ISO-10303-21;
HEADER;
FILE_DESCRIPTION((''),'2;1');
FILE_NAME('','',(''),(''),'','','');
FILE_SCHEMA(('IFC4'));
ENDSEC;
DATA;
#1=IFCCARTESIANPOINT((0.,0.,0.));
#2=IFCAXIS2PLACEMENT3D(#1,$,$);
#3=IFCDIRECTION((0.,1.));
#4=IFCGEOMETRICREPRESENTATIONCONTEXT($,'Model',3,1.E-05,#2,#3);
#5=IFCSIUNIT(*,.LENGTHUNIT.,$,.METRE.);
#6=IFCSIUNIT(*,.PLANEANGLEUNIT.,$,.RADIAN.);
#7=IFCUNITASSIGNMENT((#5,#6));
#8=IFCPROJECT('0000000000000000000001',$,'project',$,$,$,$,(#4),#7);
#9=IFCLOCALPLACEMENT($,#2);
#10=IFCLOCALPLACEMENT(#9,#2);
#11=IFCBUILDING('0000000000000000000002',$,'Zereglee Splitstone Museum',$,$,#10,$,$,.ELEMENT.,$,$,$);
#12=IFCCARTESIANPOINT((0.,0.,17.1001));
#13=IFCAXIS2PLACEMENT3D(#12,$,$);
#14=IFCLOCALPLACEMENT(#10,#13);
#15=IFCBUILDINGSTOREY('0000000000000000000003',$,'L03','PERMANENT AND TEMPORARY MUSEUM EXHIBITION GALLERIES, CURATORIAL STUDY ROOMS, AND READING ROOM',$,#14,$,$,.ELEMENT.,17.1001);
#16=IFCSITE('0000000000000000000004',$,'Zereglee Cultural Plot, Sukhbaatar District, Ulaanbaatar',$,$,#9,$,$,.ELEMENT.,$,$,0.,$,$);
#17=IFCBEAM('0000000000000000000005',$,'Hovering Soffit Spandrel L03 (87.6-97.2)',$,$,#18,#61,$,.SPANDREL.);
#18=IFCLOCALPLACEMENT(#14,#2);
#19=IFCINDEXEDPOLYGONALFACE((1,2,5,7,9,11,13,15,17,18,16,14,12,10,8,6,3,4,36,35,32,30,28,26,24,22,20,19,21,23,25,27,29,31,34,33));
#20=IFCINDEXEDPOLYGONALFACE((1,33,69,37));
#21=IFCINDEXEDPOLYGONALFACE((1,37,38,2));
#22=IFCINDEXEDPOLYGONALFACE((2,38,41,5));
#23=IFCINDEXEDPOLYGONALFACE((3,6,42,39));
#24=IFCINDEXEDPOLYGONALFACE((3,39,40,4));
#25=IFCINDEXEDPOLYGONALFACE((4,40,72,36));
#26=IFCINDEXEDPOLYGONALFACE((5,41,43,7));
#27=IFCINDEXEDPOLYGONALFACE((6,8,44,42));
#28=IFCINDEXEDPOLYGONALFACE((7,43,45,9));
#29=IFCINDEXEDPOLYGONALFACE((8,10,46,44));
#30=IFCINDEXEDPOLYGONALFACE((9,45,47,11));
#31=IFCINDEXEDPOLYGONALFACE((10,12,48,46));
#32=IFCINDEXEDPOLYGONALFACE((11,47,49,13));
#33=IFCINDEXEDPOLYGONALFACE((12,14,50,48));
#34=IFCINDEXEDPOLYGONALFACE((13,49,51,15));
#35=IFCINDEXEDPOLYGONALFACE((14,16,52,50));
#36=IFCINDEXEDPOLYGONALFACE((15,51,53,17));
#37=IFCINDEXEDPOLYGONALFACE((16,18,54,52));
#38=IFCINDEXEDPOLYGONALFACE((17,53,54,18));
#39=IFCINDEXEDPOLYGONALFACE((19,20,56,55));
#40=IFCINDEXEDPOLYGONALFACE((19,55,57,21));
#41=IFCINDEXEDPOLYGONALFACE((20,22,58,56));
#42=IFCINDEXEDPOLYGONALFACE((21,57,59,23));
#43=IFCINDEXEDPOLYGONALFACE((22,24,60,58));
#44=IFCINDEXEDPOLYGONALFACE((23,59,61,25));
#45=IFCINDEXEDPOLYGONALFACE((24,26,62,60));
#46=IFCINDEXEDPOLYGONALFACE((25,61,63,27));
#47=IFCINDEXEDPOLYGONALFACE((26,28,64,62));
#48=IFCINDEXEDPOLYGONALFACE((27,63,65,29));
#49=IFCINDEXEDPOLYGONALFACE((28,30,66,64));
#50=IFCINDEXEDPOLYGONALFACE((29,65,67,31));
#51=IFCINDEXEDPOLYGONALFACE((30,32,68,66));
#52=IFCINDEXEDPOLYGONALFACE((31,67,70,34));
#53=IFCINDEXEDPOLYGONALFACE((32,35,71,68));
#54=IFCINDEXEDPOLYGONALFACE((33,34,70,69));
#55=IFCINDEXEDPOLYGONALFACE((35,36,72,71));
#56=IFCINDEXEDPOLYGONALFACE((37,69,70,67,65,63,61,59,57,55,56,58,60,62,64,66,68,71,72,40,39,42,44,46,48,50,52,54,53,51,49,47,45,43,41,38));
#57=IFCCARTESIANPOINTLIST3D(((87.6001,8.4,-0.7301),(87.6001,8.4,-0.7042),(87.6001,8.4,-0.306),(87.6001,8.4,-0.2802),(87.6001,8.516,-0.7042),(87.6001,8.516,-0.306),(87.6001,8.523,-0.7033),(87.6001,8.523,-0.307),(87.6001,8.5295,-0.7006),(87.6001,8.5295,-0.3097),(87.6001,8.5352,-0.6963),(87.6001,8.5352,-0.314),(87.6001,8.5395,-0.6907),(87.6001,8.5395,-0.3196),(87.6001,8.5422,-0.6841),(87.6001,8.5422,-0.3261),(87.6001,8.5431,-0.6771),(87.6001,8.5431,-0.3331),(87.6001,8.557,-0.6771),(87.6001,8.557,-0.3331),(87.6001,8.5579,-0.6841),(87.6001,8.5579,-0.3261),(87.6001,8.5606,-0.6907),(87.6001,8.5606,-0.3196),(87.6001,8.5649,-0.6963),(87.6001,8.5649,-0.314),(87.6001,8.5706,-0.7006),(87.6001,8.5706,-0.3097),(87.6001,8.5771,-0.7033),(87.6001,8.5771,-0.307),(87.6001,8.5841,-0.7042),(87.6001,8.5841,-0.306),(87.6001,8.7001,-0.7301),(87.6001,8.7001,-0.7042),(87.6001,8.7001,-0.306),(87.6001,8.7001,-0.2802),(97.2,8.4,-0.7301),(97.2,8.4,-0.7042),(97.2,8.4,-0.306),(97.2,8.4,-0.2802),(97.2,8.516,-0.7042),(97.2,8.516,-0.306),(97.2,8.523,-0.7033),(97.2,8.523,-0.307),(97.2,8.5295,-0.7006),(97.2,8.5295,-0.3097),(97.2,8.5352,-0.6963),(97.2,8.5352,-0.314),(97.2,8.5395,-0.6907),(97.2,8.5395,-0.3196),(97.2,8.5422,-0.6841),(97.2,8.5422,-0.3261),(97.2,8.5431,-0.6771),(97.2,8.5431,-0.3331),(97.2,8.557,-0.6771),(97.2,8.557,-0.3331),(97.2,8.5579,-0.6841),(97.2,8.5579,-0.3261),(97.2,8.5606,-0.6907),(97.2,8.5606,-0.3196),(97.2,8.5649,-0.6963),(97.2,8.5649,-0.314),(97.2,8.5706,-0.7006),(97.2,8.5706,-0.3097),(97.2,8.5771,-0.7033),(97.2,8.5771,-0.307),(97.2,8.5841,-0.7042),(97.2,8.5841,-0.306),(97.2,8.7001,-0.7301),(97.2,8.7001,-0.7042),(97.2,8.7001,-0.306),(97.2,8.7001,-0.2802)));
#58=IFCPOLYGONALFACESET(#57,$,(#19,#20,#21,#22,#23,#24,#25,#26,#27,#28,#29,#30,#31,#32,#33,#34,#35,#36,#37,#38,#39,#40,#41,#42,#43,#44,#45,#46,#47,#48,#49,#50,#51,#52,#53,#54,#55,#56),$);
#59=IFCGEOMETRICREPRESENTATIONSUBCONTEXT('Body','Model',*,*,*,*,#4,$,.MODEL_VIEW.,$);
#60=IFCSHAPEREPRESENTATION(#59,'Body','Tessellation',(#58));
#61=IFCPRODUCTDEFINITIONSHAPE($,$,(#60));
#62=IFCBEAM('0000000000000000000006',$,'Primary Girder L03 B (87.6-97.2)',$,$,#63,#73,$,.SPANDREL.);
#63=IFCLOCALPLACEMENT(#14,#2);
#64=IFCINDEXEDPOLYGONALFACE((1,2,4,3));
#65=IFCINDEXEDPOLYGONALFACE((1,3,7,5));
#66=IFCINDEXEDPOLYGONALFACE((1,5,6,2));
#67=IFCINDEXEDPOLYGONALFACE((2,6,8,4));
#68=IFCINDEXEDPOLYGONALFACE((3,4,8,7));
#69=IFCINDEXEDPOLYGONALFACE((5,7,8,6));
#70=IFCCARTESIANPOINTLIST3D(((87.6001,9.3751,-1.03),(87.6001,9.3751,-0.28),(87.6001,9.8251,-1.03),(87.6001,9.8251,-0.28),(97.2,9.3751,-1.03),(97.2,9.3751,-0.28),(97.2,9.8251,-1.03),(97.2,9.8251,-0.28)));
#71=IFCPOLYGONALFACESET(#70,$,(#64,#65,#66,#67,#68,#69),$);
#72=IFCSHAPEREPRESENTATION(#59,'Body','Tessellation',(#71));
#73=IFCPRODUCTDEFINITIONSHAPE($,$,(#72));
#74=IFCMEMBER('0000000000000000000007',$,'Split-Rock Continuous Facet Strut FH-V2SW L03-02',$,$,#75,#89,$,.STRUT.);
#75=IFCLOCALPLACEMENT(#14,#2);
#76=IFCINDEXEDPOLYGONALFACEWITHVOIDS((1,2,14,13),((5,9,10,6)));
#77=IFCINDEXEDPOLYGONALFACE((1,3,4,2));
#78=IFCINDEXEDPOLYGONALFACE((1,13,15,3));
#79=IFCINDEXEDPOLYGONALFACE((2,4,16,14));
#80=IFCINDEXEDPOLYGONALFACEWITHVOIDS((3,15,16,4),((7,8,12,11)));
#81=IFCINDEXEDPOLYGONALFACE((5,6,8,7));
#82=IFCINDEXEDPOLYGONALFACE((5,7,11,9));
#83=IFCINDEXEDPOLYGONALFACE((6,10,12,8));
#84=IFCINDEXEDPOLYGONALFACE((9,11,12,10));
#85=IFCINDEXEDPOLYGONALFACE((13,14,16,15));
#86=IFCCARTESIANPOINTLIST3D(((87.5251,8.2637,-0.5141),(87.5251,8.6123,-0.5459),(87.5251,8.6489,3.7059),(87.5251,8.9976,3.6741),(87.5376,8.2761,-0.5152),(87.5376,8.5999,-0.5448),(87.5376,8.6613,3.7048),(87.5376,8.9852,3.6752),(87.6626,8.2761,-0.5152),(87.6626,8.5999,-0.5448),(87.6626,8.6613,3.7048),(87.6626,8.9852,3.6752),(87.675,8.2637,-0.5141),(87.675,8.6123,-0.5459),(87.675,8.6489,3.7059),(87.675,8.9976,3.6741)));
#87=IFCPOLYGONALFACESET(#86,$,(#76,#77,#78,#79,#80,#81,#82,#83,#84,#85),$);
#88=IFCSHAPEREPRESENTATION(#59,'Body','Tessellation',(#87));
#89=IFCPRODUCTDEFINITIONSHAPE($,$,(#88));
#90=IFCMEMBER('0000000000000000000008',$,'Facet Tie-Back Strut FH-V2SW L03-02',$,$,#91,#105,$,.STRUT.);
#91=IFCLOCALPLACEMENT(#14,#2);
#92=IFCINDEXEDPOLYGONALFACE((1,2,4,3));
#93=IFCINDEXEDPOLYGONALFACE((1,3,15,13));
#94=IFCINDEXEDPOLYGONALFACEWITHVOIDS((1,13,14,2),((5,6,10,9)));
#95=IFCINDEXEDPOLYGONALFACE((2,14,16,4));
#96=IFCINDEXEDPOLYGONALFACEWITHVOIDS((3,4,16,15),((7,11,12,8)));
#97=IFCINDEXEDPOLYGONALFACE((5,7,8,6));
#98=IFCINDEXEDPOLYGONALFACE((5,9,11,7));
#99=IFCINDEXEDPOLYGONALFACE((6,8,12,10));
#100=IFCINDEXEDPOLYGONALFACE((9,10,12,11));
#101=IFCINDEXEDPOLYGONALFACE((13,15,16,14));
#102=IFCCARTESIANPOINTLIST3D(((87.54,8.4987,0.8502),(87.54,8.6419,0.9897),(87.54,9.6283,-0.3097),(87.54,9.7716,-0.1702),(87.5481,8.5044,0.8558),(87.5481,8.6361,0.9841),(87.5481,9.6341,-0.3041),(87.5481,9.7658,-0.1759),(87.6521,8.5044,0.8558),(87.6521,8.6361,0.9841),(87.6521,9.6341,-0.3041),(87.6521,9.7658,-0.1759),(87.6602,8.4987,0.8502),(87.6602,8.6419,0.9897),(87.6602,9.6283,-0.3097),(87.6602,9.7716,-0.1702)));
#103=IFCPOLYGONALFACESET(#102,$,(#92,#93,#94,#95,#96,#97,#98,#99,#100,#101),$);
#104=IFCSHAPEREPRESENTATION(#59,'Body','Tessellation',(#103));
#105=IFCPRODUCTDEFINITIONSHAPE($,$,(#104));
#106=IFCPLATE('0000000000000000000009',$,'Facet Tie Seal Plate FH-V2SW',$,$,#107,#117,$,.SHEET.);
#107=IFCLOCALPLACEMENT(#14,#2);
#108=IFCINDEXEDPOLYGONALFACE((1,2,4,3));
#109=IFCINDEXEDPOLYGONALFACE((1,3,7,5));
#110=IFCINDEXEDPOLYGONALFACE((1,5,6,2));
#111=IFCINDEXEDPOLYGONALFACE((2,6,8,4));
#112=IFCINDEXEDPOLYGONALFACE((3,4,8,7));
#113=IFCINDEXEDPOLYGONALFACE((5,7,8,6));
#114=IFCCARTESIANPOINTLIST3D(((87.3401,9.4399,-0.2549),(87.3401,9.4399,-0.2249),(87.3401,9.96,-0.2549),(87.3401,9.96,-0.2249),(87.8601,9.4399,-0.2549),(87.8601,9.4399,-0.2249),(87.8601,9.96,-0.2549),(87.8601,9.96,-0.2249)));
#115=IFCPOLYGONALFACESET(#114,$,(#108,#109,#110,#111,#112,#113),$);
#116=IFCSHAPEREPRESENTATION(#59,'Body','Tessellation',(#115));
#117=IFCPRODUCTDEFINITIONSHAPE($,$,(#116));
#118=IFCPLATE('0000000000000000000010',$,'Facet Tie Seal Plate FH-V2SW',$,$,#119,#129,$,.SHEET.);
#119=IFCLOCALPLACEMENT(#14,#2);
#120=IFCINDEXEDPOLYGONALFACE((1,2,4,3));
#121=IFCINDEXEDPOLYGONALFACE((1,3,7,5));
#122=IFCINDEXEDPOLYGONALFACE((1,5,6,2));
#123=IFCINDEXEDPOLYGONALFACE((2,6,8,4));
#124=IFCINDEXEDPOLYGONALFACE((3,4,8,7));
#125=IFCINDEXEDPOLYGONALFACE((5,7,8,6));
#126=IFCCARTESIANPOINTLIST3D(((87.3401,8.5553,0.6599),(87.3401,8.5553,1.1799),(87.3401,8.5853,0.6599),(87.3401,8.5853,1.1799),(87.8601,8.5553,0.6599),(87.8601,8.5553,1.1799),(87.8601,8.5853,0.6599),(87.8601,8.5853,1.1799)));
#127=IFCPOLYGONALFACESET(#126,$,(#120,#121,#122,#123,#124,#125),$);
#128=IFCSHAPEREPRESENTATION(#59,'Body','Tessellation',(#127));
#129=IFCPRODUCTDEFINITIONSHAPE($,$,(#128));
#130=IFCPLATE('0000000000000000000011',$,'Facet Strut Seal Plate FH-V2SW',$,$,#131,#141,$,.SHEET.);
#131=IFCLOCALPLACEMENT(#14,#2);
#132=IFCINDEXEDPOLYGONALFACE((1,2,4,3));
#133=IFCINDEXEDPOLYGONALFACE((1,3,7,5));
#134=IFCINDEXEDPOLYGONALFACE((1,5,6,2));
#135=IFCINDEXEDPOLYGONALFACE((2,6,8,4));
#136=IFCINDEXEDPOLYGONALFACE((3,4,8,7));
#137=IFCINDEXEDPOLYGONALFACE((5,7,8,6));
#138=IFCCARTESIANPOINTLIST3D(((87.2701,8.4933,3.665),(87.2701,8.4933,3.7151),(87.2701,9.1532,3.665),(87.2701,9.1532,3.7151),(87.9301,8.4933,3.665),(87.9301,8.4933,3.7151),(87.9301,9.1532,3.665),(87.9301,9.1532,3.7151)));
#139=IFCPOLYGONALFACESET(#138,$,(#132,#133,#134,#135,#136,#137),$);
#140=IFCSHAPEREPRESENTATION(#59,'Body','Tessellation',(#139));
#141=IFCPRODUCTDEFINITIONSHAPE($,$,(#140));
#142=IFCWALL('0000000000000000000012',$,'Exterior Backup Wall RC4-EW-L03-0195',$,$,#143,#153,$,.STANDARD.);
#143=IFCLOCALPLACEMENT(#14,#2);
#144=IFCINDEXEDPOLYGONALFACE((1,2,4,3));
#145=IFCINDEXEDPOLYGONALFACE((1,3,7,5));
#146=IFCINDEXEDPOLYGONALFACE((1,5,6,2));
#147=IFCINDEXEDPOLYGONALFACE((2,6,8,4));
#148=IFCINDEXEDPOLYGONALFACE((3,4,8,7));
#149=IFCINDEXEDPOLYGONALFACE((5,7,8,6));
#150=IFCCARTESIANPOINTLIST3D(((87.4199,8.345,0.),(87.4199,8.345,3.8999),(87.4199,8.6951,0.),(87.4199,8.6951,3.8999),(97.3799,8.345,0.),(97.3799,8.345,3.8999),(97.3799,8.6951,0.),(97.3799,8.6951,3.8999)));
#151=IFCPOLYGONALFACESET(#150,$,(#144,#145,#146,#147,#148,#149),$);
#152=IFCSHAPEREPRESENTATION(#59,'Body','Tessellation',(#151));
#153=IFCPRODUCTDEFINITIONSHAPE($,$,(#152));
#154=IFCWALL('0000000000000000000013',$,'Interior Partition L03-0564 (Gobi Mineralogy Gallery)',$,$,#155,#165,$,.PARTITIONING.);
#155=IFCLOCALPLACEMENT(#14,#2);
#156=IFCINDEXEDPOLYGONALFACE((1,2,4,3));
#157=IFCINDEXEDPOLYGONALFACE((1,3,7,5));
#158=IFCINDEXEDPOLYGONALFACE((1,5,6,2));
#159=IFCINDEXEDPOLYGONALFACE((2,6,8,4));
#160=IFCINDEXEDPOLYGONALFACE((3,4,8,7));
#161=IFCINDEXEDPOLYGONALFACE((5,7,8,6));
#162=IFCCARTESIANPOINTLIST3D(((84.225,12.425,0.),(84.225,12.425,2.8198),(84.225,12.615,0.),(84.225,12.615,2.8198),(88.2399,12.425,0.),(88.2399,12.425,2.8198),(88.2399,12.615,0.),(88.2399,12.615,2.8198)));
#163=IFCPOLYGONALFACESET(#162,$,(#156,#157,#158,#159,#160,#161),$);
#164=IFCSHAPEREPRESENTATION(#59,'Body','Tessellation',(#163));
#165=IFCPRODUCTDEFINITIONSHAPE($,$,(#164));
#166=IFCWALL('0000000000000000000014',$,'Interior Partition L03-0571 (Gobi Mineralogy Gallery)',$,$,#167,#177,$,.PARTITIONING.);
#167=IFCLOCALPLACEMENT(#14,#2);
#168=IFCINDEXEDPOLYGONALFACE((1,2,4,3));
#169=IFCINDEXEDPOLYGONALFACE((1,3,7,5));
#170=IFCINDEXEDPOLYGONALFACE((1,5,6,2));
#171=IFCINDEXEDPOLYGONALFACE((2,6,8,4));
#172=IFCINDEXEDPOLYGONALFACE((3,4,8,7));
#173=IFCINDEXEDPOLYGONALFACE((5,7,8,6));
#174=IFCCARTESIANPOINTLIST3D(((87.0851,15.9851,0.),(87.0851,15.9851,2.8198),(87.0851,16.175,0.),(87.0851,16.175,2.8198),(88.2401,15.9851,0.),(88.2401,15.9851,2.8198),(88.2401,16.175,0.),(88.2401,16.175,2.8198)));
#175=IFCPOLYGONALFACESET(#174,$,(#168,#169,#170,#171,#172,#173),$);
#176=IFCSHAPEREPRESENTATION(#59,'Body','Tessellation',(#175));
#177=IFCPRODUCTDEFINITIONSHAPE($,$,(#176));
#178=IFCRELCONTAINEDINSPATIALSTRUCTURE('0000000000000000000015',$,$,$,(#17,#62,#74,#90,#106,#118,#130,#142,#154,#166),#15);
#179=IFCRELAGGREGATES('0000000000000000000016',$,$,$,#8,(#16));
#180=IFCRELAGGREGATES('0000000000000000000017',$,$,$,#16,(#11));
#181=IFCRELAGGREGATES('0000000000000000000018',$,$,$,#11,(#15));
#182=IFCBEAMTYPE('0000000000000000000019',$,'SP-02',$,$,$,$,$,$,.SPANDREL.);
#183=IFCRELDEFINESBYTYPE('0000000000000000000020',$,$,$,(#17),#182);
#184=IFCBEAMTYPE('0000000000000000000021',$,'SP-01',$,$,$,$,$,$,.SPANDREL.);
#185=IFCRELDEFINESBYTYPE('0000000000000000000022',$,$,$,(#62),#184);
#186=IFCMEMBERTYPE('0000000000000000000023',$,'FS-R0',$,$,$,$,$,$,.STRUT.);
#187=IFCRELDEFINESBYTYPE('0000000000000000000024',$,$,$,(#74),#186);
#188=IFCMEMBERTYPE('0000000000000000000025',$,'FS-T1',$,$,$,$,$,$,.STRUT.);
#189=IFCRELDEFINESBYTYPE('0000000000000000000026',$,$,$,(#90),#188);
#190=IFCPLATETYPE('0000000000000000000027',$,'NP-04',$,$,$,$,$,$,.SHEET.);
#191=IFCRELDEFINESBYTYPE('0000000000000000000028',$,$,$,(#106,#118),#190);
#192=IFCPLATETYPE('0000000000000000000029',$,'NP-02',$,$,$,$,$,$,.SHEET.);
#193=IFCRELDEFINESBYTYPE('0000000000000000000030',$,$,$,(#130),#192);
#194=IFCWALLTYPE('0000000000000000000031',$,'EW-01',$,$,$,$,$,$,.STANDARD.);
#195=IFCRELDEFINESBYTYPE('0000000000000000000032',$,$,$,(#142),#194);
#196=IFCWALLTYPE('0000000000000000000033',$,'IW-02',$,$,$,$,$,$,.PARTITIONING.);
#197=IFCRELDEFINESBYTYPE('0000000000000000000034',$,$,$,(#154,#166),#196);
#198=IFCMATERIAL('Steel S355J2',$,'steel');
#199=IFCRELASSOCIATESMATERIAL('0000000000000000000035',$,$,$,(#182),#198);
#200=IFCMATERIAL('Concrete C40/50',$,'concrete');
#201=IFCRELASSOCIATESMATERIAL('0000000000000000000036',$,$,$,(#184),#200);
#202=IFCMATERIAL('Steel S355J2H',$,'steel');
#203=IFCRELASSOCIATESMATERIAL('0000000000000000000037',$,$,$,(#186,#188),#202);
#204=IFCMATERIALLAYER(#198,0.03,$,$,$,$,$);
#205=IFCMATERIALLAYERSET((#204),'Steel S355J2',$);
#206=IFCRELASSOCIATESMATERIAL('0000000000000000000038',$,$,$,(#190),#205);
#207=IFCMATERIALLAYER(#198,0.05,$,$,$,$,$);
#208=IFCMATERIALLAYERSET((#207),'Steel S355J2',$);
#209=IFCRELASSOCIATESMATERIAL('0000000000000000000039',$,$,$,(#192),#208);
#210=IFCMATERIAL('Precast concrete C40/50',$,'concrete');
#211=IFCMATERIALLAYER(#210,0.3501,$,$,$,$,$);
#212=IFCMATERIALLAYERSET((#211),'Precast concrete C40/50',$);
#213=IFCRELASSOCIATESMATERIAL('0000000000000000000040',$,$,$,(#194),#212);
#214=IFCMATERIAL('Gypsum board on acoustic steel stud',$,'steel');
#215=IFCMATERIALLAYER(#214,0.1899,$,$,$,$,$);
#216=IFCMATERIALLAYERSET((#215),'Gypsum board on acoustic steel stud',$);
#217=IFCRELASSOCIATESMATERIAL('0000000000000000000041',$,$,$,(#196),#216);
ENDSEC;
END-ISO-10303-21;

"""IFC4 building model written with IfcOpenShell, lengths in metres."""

from ifc_helpers import new_model, si_unit, direction, frame, frame_2d, origin, origin_2d, place, context, subcontext, project, spatial, rectangle, hollow_rectangle, i_section, extrude, material, layer, layer_set, material_profile, profile_set, type_object, element, save


model = new_model("IFC4")

# Units and contexts
model_context = context("Model", 3, precision=1e-05, world=origin(), true_north=direction((0.0, 1.0)))
body_context = subcontext(model_context, "Body", "Model", "MODEL_VIEW")
ifc_project = project(units=[si_unit("LENGTHUNIT", "METRE"), si_unit("PLANEANGLEUNIT", "RADIAN")], contexts=[model_context])

# Site, building, storey
site_placement = place(None, origin())
site = spatial("IfcSite", under=ifc_project, at=site_placement, Name="Zereglee Cultural Plot, Sukhbaatar District, Ulaanbaatar", CompositionType="ELEMENT", RefElevation=0.0)
building_placement = place(site_placement, origin())
building = spatial("IfcBuilding", under=site, at=building_placement, Name="Zereglee Splitstone Museum", CompositionType="ELEMENT")
storey_placement = place(building_placement, frame((0.0, 0.0, 17.1001)))
storey = spatial("IfcBuildingStorey", under=building, at=storey_placement, Name="L03", Description="PERMANENT AND TEMPORARY MUSEUM EXHIBITION GALLERIES, CURATORIAL STUDY ROOMS, AND READING ROOM", CompositionType="ELEMENT", Elevation=17.1001)

# Shared definitions
ifc_material_1 = material(Name="Steel S355J2", Category="steel")

# Beams
ifc_material_profile_1 = material_profile(ifc_material_1, i_section(OverallWidth=0.3, OverallDepth=0.45, WebThickness=0.0139, FlangeThickness=0.0259, FilletRadius=0.0271, at=origin_2d()), Name="HE 450 B")
ifc_profile_set_1 = profile_set([ifc_material_profile_1], Name="Steel S355J2")
beam_type_1 = type_object("IfcBeamType", Name="SP-02", PredefinedType="SPANDREL", material=ifc_profile_set_1)
beam_1_placement = place(storey_placement, frame((87.6001, 8.55, -0.5051), z_axis=(1.0, 0.0, 0.0), x_axis=(0.0, 1.0, 0.0)))
element("IfcBeam", 1, at=beam_1_placement, inside=storey, type_object=beam_type_1, Name="Hovering Soffit Spandrel L03 (87.6-97.2)", PredefinedType="SPANDREL", context=body_context, shape_type="SweptSolid", body=[
    extrude(i_section(OverallWidth=0.3, OverallDepth=0.45, WebThickness=0.0139, FlangeThickness=0.0259, FilletRadius=0.0271, at=origin_2d()), origin(), (0.0, 0.0, 1.0), 9.5999),
])
ifc_material_2 = material(Name="Concrete C40/50", Category="concrete")
ifc_material_profile_2 = material_profile(ifc_material_2, rectangle(XDim=0.45, YDim=0.75, at=origin_2d()), Name="RC 450x750")
ifc_profile_set_2 = profile_set([ifc_material_profile_2], Name="Concrete C40/50")
beam_type_2 = type_object("IfcBeamType", Name="SP-01", PredefinedType="SPANDREL", material=ifc_profile_set_2)
beam_2_placement = place(storey_placement, frame((87.6001, 9.6001, -0.655), z_axis=(1.0, 0.0, 0.0), x_axis=(0.0, 1.0, 0.0)))
element("IfcBeam", 2, at=beam_2_placement, inside=storey, type_object=beam_type_2, Name="Primary Girder L03 B (87.6-97.2)", PredefinedType="SPANDREL", context=body_context, shape_type="SweptSolid", body=[
    extrude(rectangle(XDim=0.45, YDim=0.75, at=origin_2d()), origin(), (0.0, 0.0, 1.0), 9.5999),
])

# Members
ifc_material_3 = material(Name="Steel S355J2H", Category="steel")
ifc_material_profile_3 = material_profile(ifc_material_3, hollow_rectangle(XDim=0.1499, YDim=0.3501, WallThickness=0.0125, at=origin_2d()), Name="RHS 350x150x12.5")
ifc_profile_set_3 = profile_set([ifc_material_profile_3], Name="Steel S355J2H")
member_type_1 = type_object("IfcMemberType", Name="FS-R0", PredefinedType="STRUT", material=ifc_profile_set_3)
member_1_placement = place(storey_placement, frame((87.6001, 8.438, -0.53), z_axis=(0.0, 0.090915, 0.995859), x_axis=(-1.0, 0.0, 0.0)))
element("IfcMember", 3, at=member_1_placement, inside=storey, type_object=member_type_1, Name="Split-Rock Continuous Facet Strut FH-V2SW L03-02", PredefinedType="STRUT", context=body_context, shape_type="SweptSolid", body=[
    extrude(hollow_rectangle(XDim=0.1499, YDim=0.3501, WallThickness=0.0125, at=origin_2d()), origin(), (0.0, 0.0, 1.0), 4.2375),
])
ifc_material_profile_4 = material_profile(ifc_material_3, hollow_rectangle(XDim=0.1201, YDim=0.2, WallThickness=0.0081, at=origin_2d()), Name="RHS 200x120x8")
ifc_profile_set_4 = profile_set([ifc_material_profile_4], Name="Steel S355J2H")
member_type_2 = type_object("IfcMemberType", Name="FS-T1", PredefinedType="STRUT", material=ifc_profile_set_4)
member_2_placement = place(storey_placement, frame((87.6001, 9.7, -0.24), z_axis=(0.0, -0.697696, 0.716394), x_axis=(1.0, 0.0, 0.0)))
element("IfcMember", 4, at=member_2_placement, inside=storey, type_object=member_type_2, Name="Facet Tie-Back Strut FH-V2SW L03-02", PredefinedType="STRUT", context=body_context, shape_type="SweptSolid", body=[
    extrude(hollow_rectangle(XDim=0.1201, YDim=0.2, WallThickness=0.0081, at=origin_2d()), origin(), (0.0, 0.0, 1.0), 1.6191),
])

# Plates
ifc_layer_1 = layer(ifc_material_1, 0.03)
ifc_layer_set_1 = layer_set([ifc_layer_1], Name="Steel S355J2")
plate_type_1 = type_object("IfcPlateType", Name="NP-04", PredefinedType="SHEET", material=ifc_layer_set_1)
plate_1_placement = place(storey_placement, frame((87.6001, 9.7, -0.2549), z_axis=(0.0, 0.0, 1.0), x_axis=(1.0, 0.0, 0.0)))
element("IfcPlate", 5, at=plate_1_placement, inside=storey, type_object=plate_type_1, Name="Facet Tie Seal Plate FH-V2SW", PredefinedType="SHEET", context=body_context, shape_type="SweptSolid", body=[
    extrude(rectangle(XDim=0.52, YDim=0.52, at=origin_2d()), origin(), (0.0, 0.0, 1.0), 0.03),
])
plate_2_placement = place(storey_placement, frame((87.6001, 8.5703, 0.6599), z_axis=(0.0, 0.0, 1.0), x_axis=(1.0, 0.0, 0.0)))
element("IfcPlate", 6, at=plate_2_placement, inside=storey, type_object=plate_type_1, Name="Facet Tie Seal Plate FH-V2SW", PredefinedType="SHEET", context=body_context, shape_type="SweptSolid", body=[
    extrude(rectangle(XDim=0.52, YDim=0.03, at=origin_2d()), origin(), (0.0, 0.0, 1.0), 0.52),
])
ifc_layer_2 = layer(ifc_material_1, 0.05)
ifc_layer_set_2 = layer_set([ifc_layer_2], Name="Steel S355J2")
plate_type_2 = type_object("IfcPlateType", Name="NP-02", PredefinedType="SHEET", material=ifc_layer_set_2)
plate_3_placement = place(storey_placement, frame((87.6001, 8.8232, 3.665), z_axis=(0.0, 0.0, 1.0), x_axis=(1.0, 0.0, 0.0)))
element("IfcPlate", 7, at=plate_3_placement, inside=storey, type_object=plate_type_2, Name="Facet Strut Seal Plate FH-V2SW", PredefinedType="SHEET", context=body_context, shape_type="SweptSolid", body=[
    extrude(rectangle(XDim=0.6599, YDim=0.6599, at=origin_2d()), origin(), (0.0, 0.0, 1.0), 0.05),
])

# Walls
ifc_material_4 = material(Name="Precast concrete C40/50", Category="concrete")
ifc_layer_3 = layer(ifc_material_4, 0.3501)
ifc_layer_set_3 = layer_set([ifc_layer_3], Name="Precast concrete C40/50")
wall_type_1 = type_object("IfcWallType", Name="EW-01", PredefinedType="STANDARD", material=ifc_layer_set_3)
wall_1_placement = place(storey_placement, frame((87.4199, 8.52, 0.0), z_axis=(0.0, 0.0, 1.0), x_axis=(1.0, 0.0, 0.0)))
element("IfcWall", 8, at=wall_1_placement, inside=storey, type_object=wall_type_1, Name="Exterior Backup Wall RC4-EW-L03-0195", PredefinedType="STANDARD", context=body_context, shape_type="SweptSolid", body=[
    extrude(rectangle(XDim=9.96, YDim=0.3501, at=frame_2d((4.98, 0.0))), origin(), (0.0, 0.0, 1.0), 3.8999),
])
ifc_material_5 = material(Name="Gypsum board on acoustic steel stud", Category="steel")
ifc_layer_4 = layer(ifc_material_5, 0.1899)
ifc_layer_set_4 = layer_set([ifc_layer_4], Name="Gypsum board on acoustic steel stud")
wall_type_2 = type_object("IfcWallType", Name="IW-02", PredefinedType="PARTITIONING", material=ifc_layer_set_4)
wall_2_placement = place(storey_placement, frame((84.2251, 12.52, 0.0), z_axis=(0.0, 0.0, 1.0), x_axis=(1.0, 0.0, 0.0)))
element("IfcWall", 9, at=wall_2_placement, inside=storey, type_object=wall_type_2, Name="Interior Partition L03-0564 (Gobi Mineralogy Gallery)", PredefinedType="PARTITIONING", context=body_context, shape_type="SweptSolid", body=[
    extrude(rectangle(XDim=4.0149, YDim=0.1899, at=frame_2d((2.0073, 0.0))), origin(), (0.0, 0.0, 1.0), 2.8198),
])
wall_3_placement = place(storey_placement, frame((87.085, 16.0801, 0.0), z_axis=(0.0, 0.0, 1.0), x_axis=(1.0, 0.0, 0.0)))
element("IfcWall", 10, at=wall_3_placement, inside=storey, type_object=wall_type_2, Name="Interior Partition L03-0571 (Gobi Mineralogy Gallery)", PredefinedType="PARTITIONING", context=body_context, shape_type="SweptSolid", body=[
    extrude(rectangle(XDim=1.155, YDim=0.1899, at=frame_2d((0.5776, 0.0))), origin(), (0.0, 0.0, 1.0), 2.8198),
])

save(model, "model.ifc")
